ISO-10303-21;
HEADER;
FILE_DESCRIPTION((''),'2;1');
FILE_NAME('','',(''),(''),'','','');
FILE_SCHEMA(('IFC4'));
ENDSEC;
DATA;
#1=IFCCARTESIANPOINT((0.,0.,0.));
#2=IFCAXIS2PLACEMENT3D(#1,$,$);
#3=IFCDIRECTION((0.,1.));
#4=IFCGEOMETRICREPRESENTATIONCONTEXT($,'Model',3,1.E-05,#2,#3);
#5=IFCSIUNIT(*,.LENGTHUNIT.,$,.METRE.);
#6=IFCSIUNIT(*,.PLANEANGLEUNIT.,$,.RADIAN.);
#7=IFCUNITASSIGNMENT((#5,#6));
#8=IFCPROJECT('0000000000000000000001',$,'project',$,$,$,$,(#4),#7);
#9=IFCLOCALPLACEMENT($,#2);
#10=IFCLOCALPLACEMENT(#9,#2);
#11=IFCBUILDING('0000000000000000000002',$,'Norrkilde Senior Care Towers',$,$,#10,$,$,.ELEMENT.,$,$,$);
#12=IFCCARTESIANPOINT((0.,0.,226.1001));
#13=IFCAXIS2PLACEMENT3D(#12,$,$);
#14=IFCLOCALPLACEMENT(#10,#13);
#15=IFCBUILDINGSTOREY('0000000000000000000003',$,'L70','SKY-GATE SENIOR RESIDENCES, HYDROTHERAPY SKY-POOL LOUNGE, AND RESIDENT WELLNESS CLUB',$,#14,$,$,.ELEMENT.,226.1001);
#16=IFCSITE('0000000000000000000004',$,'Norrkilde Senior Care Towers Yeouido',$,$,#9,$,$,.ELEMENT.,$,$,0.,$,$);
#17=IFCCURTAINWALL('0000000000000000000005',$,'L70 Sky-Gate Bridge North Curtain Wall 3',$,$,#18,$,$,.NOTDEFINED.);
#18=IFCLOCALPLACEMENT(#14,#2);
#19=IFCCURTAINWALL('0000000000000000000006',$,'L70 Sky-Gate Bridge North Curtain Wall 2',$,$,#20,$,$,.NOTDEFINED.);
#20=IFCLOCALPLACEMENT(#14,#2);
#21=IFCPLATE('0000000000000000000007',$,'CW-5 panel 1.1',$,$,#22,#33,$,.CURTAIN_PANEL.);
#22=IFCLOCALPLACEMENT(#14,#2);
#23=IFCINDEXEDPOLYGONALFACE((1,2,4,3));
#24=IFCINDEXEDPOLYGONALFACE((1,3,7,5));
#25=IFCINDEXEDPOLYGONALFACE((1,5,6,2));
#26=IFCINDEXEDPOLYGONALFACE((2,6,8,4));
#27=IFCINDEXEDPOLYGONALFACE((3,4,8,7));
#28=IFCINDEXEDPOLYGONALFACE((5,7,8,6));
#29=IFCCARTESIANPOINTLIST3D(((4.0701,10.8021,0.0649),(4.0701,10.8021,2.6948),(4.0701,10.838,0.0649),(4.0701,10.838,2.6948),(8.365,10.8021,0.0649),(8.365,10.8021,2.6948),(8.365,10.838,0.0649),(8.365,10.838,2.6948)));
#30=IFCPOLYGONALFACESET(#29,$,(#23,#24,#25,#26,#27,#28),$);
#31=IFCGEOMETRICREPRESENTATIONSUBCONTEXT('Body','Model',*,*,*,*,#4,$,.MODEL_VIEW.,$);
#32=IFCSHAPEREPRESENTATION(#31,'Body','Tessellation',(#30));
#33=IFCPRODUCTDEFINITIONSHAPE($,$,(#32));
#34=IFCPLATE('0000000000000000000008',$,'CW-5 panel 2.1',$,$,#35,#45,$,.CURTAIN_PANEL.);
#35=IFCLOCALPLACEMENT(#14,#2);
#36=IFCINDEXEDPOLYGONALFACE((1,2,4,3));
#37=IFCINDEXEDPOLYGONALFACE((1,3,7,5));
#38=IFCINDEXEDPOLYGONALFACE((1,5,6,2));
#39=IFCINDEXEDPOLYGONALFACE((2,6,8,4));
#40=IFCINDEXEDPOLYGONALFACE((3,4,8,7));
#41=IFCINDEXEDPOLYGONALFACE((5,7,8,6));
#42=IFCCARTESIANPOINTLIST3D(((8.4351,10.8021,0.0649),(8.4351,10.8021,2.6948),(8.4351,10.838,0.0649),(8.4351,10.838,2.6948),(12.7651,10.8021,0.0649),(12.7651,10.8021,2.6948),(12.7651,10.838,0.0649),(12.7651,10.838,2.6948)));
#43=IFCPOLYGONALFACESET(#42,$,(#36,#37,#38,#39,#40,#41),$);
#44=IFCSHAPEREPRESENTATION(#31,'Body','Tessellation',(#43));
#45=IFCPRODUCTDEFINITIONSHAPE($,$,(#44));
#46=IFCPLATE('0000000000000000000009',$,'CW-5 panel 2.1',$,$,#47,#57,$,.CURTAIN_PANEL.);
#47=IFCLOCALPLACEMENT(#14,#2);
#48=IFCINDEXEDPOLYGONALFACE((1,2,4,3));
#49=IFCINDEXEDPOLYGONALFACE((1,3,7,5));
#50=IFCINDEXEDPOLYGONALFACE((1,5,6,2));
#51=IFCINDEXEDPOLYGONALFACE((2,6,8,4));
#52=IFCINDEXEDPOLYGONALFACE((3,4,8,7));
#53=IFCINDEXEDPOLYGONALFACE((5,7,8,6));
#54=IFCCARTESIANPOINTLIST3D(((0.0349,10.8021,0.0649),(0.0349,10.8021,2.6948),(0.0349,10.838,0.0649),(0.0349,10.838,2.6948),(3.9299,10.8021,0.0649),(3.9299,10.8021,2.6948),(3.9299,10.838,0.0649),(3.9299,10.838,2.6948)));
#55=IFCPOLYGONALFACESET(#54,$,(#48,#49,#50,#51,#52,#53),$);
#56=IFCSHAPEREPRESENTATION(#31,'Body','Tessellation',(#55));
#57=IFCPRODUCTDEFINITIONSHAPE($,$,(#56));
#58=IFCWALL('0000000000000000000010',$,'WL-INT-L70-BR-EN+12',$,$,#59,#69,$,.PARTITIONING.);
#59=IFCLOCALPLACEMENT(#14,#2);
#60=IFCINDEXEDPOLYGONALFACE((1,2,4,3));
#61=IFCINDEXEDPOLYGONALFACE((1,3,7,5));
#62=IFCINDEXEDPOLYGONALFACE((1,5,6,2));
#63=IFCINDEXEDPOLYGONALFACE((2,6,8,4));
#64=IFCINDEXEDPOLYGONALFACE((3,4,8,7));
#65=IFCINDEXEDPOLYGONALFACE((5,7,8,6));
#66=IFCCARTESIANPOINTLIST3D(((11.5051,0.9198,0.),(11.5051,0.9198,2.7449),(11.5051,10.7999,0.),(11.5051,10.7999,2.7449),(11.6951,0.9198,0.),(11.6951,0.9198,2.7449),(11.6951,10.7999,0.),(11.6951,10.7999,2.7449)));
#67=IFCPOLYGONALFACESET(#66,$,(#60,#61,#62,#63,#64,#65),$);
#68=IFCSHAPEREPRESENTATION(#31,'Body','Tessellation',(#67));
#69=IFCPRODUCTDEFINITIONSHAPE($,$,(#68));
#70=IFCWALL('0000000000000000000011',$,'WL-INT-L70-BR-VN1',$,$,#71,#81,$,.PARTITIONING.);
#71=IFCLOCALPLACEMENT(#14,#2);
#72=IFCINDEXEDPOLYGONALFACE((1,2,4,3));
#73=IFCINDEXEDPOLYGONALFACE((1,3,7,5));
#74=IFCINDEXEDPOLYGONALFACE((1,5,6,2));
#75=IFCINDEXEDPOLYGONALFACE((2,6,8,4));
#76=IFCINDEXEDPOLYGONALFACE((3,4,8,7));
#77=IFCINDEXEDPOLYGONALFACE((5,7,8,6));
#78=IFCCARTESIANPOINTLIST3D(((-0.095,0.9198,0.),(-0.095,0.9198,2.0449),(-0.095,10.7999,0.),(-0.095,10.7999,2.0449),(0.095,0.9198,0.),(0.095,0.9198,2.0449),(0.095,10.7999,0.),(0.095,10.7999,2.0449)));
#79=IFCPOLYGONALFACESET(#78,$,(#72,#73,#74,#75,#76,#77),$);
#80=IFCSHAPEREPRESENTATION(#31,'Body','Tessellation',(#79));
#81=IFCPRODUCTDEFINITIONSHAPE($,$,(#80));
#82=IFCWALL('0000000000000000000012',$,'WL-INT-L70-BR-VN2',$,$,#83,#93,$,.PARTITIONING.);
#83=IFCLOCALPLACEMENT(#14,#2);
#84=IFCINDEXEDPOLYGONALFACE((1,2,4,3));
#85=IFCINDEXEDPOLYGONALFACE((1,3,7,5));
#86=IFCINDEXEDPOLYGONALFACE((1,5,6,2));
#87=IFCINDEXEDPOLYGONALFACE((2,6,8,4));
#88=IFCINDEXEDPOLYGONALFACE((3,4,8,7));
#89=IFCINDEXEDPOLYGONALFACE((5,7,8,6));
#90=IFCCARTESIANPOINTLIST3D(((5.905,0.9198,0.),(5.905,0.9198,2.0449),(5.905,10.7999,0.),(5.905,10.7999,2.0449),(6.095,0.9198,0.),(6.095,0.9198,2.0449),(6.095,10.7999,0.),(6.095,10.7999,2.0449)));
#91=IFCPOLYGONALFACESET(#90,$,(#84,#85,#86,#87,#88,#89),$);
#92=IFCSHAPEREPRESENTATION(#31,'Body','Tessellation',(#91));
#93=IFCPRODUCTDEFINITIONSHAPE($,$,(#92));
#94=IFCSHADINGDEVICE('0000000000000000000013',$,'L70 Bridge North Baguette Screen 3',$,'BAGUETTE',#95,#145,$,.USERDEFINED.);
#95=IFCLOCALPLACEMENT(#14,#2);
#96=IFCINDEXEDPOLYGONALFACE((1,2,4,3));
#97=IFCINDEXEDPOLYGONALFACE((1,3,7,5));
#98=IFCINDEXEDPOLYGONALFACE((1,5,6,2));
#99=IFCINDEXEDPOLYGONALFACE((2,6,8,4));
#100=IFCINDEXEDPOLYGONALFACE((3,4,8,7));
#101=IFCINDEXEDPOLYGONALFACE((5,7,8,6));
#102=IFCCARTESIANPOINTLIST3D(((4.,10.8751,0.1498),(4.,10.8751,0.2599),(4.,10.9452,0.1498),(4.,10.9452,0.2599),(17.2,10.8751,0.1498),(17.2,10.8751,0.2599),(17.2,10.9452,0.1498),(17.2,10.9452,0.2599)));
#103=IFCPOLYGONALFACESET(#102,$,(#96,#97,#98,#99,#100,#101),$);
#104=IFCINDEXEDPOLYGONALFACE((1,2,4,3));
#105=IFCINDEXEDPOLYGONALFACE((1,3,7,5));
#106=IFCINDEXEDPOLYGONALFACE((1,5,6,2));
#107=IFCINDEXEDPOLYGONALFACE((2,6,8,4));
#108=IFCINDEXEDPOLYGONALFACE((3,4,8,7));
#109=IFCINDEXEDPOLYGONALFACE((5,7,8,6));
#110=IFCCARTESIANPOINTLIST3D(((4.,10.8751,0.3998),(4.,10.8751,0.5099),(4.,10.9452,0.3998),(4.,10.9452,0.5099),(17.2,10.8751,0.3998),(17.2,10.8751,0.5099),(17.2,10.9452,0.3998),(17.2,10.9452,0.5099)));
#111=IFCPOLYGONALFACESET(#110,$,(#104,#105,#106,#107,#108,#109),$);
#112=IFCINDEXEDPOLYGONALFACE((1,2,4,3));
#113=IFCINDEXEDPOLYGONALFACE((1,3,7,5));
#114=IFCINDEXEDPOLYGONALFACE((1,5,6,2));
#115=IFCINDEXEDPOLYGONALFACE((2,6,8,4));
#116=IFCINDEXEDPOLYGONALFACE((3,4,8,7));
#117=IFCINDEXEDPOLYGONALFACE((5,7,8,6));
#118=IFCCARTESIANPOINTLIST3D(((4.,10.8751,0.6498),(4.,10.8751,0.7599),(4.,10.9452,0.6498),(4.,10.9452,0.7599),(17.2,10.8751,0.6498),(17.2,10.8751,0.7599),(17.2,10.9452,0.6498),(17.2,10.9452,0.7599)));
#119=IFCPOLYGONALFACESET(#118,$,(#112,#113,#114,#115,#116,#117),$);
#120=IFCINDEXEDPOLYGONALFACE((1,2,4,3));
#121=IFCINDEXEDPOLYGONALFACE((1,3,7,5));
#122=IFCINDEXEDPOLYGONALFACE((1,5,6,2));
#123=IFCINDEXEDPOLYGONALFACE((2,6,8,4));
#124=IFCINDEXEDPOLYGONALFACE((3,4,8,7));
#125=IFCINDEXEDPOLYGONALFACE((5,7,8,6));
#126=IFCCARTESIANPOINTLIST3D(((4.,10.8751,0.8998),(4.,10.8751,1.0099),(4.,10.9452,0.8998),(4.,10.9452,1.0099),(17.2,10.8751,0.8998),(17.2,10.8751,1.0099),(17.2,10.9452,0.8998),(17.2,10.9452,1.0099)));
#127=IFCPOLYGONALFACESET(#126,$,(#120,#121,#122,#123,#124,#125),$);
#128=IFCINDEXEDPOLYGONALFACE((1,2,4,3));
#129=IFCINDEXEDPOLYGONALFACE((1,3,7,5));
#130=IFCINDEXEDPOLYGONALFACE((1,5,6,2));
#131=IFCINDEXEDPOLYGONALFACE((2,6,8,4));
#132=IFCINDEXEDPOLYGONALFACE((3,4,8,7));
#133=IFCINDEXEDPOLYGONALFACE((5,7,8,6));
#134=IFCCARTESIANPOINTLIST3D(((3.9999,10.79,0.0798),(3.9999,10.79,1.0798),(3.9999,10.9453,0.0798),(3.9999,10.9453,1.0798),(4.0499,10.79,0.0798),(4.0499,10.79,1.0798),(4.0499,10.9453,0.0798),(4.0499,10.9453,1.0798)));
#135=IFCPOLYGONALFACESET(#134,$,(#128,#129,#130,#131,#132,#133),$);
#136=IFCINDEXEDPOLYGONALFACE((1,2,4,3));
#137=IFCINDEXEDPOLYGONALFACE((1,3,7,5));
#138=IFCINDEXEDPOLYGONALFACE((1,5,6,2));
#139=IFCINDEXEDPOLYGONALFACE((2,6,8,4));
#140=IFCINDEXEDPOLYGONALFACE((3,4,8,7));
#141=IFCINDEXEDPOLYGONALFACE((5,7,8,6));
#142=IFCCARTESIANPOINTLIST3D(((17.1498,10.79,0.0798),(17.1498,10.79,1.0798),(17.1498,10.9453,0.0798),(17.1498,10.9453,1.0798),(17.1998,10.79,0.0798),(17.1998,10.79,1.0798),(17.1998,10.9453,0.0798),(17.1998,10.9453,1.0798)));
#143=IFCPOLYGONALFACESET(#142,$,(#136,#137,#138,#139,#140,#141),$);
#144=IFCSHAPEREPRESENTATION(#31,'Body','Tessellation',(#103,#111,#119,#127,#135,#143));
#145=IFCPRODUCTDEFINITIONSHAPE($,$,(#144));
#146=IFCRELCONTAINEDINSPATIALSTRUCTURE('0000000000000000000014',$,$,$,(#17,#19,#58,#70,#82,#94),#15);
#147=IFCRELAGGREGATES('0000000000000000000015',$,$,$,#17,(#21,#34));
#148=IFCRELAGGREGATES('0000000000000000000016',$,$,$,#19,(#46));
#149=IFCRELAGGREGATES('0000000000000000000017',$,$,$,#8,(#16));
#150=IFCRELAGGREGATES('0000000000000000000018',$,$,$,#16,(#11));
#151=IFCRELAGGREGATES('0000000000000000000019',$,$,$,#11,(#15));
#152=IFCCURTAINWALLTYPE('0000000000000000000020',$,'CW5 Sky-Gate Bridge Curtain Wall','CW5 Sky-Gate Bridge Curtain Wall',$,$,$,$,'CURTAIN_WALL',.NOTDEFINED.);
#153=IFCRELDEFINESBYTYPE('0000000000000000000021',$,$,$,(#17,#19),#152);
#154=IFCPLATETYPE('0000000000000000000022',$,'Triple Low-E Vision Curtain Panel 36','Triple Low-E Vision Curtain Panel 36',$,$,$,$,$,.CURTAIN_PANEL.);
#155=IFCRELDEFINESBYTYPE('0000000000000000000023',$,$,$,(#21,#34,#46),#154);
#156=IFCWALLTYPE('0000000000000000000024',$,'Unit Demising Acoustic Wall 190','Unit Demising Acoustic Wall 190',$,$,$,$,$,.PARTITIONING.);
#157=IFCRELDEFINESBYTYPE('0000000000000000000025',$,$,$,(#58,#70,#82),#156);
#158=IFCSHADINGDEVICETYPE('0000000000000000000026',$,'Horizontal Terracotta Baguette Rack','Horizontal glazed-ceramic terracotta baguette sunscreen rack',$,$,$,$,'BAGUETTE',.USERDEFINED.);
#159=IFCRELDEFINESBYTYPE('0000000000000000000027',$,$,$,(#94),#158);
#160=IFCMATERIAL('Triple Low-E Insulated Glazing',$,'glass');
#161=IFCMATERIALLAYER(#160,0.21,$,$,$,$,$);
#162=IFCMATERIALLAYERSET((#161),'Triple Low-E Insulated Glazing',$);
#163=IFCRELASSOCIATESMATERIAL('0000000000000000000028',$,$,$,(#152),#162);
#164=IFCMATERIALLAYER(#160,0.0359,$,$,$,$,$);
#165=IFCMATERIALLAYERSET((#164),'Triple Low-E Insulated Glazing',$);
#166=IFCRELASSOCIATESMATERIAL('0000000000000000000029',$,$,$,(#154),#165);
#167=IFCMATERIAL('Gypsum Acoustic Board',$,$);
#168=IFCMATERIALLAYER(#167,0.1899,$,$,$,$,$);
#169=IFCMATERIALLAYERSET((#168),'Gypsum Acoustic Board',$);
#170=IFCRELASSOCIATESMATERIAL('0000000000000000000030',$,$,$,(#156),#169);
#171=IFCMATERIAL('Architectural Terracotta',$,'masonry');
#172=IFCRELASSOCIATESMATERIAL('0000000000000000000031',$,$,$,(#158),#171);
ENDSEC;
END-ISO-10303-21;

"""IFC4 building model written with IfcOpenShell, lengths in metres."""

from ifc_helpers import new_model, si_unit, direction, frame, frame_2d, origin, origin_2d, place, context, subcontext, project, spatial, rectangle, extrude, source, transform, mapped, material, layer, layer_set, type_object, type_shapes, element, aggregate, save


model = new_model("IFC4")

# Units and contexts
model_context = context("Model", 3, precision=1e-05, world=origin(), true_north=direction((0.0, 1.0)))
body_context = subcontext(model_context, "Body", "Model", "MODEL_VIEW")
ifc_project = project(units=[si_unit("LENGTHUNIT", "METRE"), si_unit("PLANEANGLEUNIT", "RADIAN")], contexts=[model_context])

# Site, building, storey
site_placement = place(None, origin())
site = spatial("IfcSite", under=ifc_project, at=site_placement, Name="Norrkilde Senior Care Towers Yeouido", CompositionType="ELEMENT", RefElevation=0.0)
building_placement = place(site_placement, origin())
building = spatial("IfcBuilding", under=site, at=building_placement, Name="Norrkilde Senior Care Towers", CompositionType="ELEMENT")
storey_placement = place(building_placement, frame((0.0, 0.0, 226.1001)))
storey = spatial("IfcBuildingStorey", under=building, at=storey_placement, Name="L70", Description="SKY-GATE SENIOR RESIDENCES, HYDROTHERAPY SKY-POOL LOUNGE, AND RESIDENT WELLNESS CLUB", CompositionType="ELEMENT", Elevation=226.1001)

# Curtain walls
ifc_material_1 = material(Name="Triple Low-E Insulated Glazing", Category="glass")
ifc_layer_1 = layer(ifc_material_1, 0.21)
ifc_layer_set_1 = layer_set([ifc_layer_1], Name="Triple Low-E Insulated Glazing")
curtain_wall_type = type_object("IfcCurtainWallType", Name="CW5 Sky-Gate Bridge Curtain Wall", Description="CW5 Sky-Gate Bridge Curtain Wall", ElementType="CURTAIN_WALL", PredefinedType="NOTDEFINED", material=ifc_layer_set_1)
curtain_wall_1_placement = place(storey_placement, origin())
curtain_wall_1 = element("IfcCurtainWall", 1, at=curtain_wall_1_placement, inside=storey, type_object=curtain_wall_type, Name="L70 Sky-Gate Bridge North Curtain Wall 3", PredefinedType="NOTDEFINED")
curtain_wall_2_placement = place(storey_placement, origin())
curtain_wall_2 = element("IfcCurtainWall", 2, at=curtain_wall_2_placement, inside=storey, type_object=curtain_wall_type, Name="L70 Sky-Gate Bridge North Curtain Wall 2", PredefinedType="NOTDEFINED")

# Plates
ifc_layer_2 = layer(ifc_material_1, 0.0359)
ifc_layer_set_2 = layer_set([ifc_layer_2], Name="Triple Low-E Insulated Glazing")
plate_type = type_object("IfcPlateType", Name="Triple Low-E Vision Curtain Panel 36", Description="Triple Low-E Vision Curtain Panel 36", PredefinedType="CURTAIN_PANEL", material=ifc_layer_set_2)
shared_shape_1 = source(origin(), body_context, "Body", "SweptSolid", [
    extrude(rectangle(XDim=4.2949, YDim=0.0359, at=origin_2d()), origin(), (0.0, 0.0, 1.0), 2.6299),
])
plate_1_placement = place(storey_placement, frame((6.2175, 10.8201, 0.0649), z_axis=(0.0, 0.0, 1.0), x_axis=(1.0, 0.0, 0.0)))
plate_1 = element("IfcPlate", 3, at=plate_1_placement, type_object=plate_type, Name="CW-5 panel 1.1", PredefinedType="CURTAIN_PANEL", context=body_context, shape_type="MappedRepresentation", body=[
    mapped(shared_shape_1, transform((0.0, 0.0, 0.0), x_axis=(1.0, 0.0, 0.0), y_axis=(0.0, 1.0, 0.0), z_axis=(0.0, 0.0, 1.0), scale=1.0)),
])
shared_shape_2 = source(origin(), body_context, "Body", "SweptSolid", [
    extrude(rectangle(XDim=4.3301, YDim=0.0359, at=origin_2d()), origin(), (0.0, 0.0, 1.0), 2.6299),
])
plate_2_placement = place(storey_placement, frame((10.6001, 10.8201, 0.0649), z_axis=(0.0, 0.0, 1.0), x_axis=(1.0, 0.0, 0.0)))
plate_2 = element("IfcPlate", 4, at=plate_2_placement, type_object=plate_type, Name="CW-5 panel 2.1", PredefinedType="CURTAIN_PANEL", context=body_context, shape_type="MappedRepresentation", body=[
    mapped(shared_shape_2, transform((0.0, 0.0, 0.0), x_axis=(1.0, 0.0, 0.0), y_axis=(0.0, 1.0, 0.0), z_axis=(0.0, 0.0, 1.0), scale=1.0)),
])
aggregate(curtain_wall_1, [plate_1, plate_2])
shared_shape_3 = source(origin(), body_context, "Body", "SweptSolid", [
    extrude(rectangle(XDim=3.895, YDim=0.0359, at=origin_2d()), origin(), (0.0, 0.0, 1.0), 2.6299),
])
type_shapes(plate_type, [shared_shape_1, shared_shape_2, shared_shape_3])
plate_3_placement = place(storey_placement, frame((1.9824, 10.8201, 0.0649), z_axis=(0.0, 0.0, 1.0), x_axis=(1.0, 0.0, 0.0)))
plate_3 = element("IfcPlate", 5, at=plate_3_placement, type_object=plate_type, Name="CW-5 panel 2.1", PredefinedType="CURTAIN_PANEL", context=body_context, shape_type="MappedRepresentation", body=[
    mapped(shared_shape_3, transform((0.0, 0.0, 0.0), x_axis=(1.0, 0.0, 0.0), y_axis=(0.0, 1.0, 0.0), z_axis=(0.0, 0.0, 1.0), scale=1.0)),
])
aggregate(curtain_wall_2, [plate_3])

# Shared definitions
ifc_material_2 = material(Name="Gypsum Acoustic Board")

# Walls
ifc_layer_3 = layer(ifc_material_2, 0.1899)
ifc_layer_set_3 = layer_set([ifc_layer_3], Name="Gypsum Acoustic Board")
wall_type_1 = type_object("IfcWallType", Name="Unit Demising Acoustic Wall 190", Description="Unit Demising Acoustic Wall 190", PredefinedType="PARTITIONING", material=ifc_layer_set_3)
shared_shape_4 = source(origin(), body_context, "Body", "SweptSolid", [
    extrude(rectangle(XDim=9.8801, YDim=0.1899, at=frame_2d((4.9399, 0.0))), origin(), (0.0, 0.0, 1.0), 2.7449),
])
wall_1_placement = place(storey_placement, frame((11.6001, 0.9199, 0.0), z_axis=(0.0, 0.0, 1.0), x_axis=(0.0, 1.0, 0.0)))
element("IfcWall", 6, at=wall_1_placement, inside=storey, type_object=wall_type_1, Name="WL-INT-L70-BR-EN+12", PredefinedType="PARTITIONING", context=body_context, shape_type="MappedRepresentation", body=[
    mapped(shared_shape_4, transform((0.0, 0.0, 0.0), x_axis=(1.0, 0.0, 0.0), y_axis=(0.0, 1.0, 0.0), z_axis=(0.0, 0.0, 1.0), scale=1.0)),
])
shared_shape_5 = source(origin(), body_context, "Body", "SweptSolid", [
    extrude(rectangle(XDim=9.8801, YDim=0.1899, at=frame_2d((4.9399, 0.0))), origin(), (0.0, 0.0, 1.0), 2.0449),
])
type_shapes(wall_type_1, [shared_shape_4, shared_shape_5])
for number, where, z_axis, x_axis, name in (
    (7, (0.0, 0.9199, 0.0), (0.0, 0.0, 1.0), (0.0, 1.0, 0.0), "WL-INT-L70-BR-VN1"),
    (8, (6.0, 0.9199, 0.0), (0.0, 0.0, 1.0), (0.0, 1.0, 0.0), "WL-INT-L70-BR-VN2"),
):
    element("IfcWall", number, at=place(storey_placement, frame(where, z_axis=z_axis, x_axis=x_axis)), inside=storey, type_object=wall_type_1, Name=name, PredefinedType="PARTITIONING", context=body_context, shape_type="MappedRepresentation", body=[
        mapped(shared_shape_5, transform((0.0, 0.0, 0.0), x_axis=(1.0, 0.0, 0.0), y_axis=(0.0, 1.0, 0.0), z_axis=(0.0, 0.0, 1.0), scale=1.0)),
    ])

# Shading device
ifc_material_3 = material(Name="Architectural Terracotta", Category="masonry")
shading_device_type = type_object("IfcShadingDeviceType", Name="Horizontal Terracotta Baguette Rack", Description="Horizontal glazed-ceramic terracotta baguette sunscreen rack", ElementType="BAGUETTE", PredefinedType="USERDEFINED", material=ifc_material_3)
shared_shape_6 = source(origin(), body_context, "Body", "SweptSolid", [
    extrude(rectangle(XDim=0.0701, YDim=0.1101, at=origin_2d()), frame((0.0, 0.0901, 0.125), z_axis=(1.0, 0.0, 0.0), x_axis=(0.0, 1.0, 0.0)), (0.0, 0.0, 1.0), 13.2),
    extrude(rectangle(XDim=0.0701, YDim=0.1101, at=origin_2d()), frame((0.0, 0.0901, 0.375), z_axis=(1.0, 0.0, 0.0), x_axis=(0.0, 1.0, 0.0)), (0.0, 0.0, 1.0), 13.2),
    extrude(rectangle(XDim=0.0701, YDim=0.1101, at=origin_2d()), frame((0.0, 0.0901, 0.625), z_axis=(1.0, 0.0, 0.0), x_axis=(0.0, 1.0, 0.0)), (0.0, 0.0, 1.0), 13.2),
    extrude(rectangle(XDim=0.0701, YDim=0.1101, at=origin_2d()), frame((0.0, 0.0901, 0.875), z_axis=(1.0, 0.0, 0.0), x_axis=(0.0, 1.0, 0.0)), (0.0, 0.0, 1.0), 13.2),
    extrude(rectangle(XDim=0.05, YDim=0.1553, at=origin_2d()), frame((0.0249, 0.0476, 0.0)), (0.0, 0.0, 1.0), 1.0),
    extrude(rectangle(XDim=0.05, YDim=0.1553, at=origin_2d()), frame((13.1748, 0.0476, 0.0)), (0.0, 0.0, 1.0), 1.0),
])
type_shapes(shading_device_type, [shared_shape_6])
shading_device_placement = place(storey_placement, frame((4.0, 10.8201, 0.0798), z_axis=(0.0, 0.0, 1.0), x_axis=(1.0, 0.0, 0.0)))
element("IfcShadingDevice", 9, at=shading_device_placement, inside=storey, type_object=shading_device_type, Name="L70 Bridge North Baguette Screen 3", ObjectType="BAGUETTE", PredefinedType="USERDEFINED", context=body_context, shape_type="MappedRepresentation", body=[
    mapped(shared_shape_6, transform((0.0, 0.0, 0.0), x_axis=(1.0, 0.0, 0.0), y_axis=(0.0, 1.0, 0.0), z_axis=(0.0, 0.0, 1.0), scale=1.0)),
])

save(model, "model.ifc")
